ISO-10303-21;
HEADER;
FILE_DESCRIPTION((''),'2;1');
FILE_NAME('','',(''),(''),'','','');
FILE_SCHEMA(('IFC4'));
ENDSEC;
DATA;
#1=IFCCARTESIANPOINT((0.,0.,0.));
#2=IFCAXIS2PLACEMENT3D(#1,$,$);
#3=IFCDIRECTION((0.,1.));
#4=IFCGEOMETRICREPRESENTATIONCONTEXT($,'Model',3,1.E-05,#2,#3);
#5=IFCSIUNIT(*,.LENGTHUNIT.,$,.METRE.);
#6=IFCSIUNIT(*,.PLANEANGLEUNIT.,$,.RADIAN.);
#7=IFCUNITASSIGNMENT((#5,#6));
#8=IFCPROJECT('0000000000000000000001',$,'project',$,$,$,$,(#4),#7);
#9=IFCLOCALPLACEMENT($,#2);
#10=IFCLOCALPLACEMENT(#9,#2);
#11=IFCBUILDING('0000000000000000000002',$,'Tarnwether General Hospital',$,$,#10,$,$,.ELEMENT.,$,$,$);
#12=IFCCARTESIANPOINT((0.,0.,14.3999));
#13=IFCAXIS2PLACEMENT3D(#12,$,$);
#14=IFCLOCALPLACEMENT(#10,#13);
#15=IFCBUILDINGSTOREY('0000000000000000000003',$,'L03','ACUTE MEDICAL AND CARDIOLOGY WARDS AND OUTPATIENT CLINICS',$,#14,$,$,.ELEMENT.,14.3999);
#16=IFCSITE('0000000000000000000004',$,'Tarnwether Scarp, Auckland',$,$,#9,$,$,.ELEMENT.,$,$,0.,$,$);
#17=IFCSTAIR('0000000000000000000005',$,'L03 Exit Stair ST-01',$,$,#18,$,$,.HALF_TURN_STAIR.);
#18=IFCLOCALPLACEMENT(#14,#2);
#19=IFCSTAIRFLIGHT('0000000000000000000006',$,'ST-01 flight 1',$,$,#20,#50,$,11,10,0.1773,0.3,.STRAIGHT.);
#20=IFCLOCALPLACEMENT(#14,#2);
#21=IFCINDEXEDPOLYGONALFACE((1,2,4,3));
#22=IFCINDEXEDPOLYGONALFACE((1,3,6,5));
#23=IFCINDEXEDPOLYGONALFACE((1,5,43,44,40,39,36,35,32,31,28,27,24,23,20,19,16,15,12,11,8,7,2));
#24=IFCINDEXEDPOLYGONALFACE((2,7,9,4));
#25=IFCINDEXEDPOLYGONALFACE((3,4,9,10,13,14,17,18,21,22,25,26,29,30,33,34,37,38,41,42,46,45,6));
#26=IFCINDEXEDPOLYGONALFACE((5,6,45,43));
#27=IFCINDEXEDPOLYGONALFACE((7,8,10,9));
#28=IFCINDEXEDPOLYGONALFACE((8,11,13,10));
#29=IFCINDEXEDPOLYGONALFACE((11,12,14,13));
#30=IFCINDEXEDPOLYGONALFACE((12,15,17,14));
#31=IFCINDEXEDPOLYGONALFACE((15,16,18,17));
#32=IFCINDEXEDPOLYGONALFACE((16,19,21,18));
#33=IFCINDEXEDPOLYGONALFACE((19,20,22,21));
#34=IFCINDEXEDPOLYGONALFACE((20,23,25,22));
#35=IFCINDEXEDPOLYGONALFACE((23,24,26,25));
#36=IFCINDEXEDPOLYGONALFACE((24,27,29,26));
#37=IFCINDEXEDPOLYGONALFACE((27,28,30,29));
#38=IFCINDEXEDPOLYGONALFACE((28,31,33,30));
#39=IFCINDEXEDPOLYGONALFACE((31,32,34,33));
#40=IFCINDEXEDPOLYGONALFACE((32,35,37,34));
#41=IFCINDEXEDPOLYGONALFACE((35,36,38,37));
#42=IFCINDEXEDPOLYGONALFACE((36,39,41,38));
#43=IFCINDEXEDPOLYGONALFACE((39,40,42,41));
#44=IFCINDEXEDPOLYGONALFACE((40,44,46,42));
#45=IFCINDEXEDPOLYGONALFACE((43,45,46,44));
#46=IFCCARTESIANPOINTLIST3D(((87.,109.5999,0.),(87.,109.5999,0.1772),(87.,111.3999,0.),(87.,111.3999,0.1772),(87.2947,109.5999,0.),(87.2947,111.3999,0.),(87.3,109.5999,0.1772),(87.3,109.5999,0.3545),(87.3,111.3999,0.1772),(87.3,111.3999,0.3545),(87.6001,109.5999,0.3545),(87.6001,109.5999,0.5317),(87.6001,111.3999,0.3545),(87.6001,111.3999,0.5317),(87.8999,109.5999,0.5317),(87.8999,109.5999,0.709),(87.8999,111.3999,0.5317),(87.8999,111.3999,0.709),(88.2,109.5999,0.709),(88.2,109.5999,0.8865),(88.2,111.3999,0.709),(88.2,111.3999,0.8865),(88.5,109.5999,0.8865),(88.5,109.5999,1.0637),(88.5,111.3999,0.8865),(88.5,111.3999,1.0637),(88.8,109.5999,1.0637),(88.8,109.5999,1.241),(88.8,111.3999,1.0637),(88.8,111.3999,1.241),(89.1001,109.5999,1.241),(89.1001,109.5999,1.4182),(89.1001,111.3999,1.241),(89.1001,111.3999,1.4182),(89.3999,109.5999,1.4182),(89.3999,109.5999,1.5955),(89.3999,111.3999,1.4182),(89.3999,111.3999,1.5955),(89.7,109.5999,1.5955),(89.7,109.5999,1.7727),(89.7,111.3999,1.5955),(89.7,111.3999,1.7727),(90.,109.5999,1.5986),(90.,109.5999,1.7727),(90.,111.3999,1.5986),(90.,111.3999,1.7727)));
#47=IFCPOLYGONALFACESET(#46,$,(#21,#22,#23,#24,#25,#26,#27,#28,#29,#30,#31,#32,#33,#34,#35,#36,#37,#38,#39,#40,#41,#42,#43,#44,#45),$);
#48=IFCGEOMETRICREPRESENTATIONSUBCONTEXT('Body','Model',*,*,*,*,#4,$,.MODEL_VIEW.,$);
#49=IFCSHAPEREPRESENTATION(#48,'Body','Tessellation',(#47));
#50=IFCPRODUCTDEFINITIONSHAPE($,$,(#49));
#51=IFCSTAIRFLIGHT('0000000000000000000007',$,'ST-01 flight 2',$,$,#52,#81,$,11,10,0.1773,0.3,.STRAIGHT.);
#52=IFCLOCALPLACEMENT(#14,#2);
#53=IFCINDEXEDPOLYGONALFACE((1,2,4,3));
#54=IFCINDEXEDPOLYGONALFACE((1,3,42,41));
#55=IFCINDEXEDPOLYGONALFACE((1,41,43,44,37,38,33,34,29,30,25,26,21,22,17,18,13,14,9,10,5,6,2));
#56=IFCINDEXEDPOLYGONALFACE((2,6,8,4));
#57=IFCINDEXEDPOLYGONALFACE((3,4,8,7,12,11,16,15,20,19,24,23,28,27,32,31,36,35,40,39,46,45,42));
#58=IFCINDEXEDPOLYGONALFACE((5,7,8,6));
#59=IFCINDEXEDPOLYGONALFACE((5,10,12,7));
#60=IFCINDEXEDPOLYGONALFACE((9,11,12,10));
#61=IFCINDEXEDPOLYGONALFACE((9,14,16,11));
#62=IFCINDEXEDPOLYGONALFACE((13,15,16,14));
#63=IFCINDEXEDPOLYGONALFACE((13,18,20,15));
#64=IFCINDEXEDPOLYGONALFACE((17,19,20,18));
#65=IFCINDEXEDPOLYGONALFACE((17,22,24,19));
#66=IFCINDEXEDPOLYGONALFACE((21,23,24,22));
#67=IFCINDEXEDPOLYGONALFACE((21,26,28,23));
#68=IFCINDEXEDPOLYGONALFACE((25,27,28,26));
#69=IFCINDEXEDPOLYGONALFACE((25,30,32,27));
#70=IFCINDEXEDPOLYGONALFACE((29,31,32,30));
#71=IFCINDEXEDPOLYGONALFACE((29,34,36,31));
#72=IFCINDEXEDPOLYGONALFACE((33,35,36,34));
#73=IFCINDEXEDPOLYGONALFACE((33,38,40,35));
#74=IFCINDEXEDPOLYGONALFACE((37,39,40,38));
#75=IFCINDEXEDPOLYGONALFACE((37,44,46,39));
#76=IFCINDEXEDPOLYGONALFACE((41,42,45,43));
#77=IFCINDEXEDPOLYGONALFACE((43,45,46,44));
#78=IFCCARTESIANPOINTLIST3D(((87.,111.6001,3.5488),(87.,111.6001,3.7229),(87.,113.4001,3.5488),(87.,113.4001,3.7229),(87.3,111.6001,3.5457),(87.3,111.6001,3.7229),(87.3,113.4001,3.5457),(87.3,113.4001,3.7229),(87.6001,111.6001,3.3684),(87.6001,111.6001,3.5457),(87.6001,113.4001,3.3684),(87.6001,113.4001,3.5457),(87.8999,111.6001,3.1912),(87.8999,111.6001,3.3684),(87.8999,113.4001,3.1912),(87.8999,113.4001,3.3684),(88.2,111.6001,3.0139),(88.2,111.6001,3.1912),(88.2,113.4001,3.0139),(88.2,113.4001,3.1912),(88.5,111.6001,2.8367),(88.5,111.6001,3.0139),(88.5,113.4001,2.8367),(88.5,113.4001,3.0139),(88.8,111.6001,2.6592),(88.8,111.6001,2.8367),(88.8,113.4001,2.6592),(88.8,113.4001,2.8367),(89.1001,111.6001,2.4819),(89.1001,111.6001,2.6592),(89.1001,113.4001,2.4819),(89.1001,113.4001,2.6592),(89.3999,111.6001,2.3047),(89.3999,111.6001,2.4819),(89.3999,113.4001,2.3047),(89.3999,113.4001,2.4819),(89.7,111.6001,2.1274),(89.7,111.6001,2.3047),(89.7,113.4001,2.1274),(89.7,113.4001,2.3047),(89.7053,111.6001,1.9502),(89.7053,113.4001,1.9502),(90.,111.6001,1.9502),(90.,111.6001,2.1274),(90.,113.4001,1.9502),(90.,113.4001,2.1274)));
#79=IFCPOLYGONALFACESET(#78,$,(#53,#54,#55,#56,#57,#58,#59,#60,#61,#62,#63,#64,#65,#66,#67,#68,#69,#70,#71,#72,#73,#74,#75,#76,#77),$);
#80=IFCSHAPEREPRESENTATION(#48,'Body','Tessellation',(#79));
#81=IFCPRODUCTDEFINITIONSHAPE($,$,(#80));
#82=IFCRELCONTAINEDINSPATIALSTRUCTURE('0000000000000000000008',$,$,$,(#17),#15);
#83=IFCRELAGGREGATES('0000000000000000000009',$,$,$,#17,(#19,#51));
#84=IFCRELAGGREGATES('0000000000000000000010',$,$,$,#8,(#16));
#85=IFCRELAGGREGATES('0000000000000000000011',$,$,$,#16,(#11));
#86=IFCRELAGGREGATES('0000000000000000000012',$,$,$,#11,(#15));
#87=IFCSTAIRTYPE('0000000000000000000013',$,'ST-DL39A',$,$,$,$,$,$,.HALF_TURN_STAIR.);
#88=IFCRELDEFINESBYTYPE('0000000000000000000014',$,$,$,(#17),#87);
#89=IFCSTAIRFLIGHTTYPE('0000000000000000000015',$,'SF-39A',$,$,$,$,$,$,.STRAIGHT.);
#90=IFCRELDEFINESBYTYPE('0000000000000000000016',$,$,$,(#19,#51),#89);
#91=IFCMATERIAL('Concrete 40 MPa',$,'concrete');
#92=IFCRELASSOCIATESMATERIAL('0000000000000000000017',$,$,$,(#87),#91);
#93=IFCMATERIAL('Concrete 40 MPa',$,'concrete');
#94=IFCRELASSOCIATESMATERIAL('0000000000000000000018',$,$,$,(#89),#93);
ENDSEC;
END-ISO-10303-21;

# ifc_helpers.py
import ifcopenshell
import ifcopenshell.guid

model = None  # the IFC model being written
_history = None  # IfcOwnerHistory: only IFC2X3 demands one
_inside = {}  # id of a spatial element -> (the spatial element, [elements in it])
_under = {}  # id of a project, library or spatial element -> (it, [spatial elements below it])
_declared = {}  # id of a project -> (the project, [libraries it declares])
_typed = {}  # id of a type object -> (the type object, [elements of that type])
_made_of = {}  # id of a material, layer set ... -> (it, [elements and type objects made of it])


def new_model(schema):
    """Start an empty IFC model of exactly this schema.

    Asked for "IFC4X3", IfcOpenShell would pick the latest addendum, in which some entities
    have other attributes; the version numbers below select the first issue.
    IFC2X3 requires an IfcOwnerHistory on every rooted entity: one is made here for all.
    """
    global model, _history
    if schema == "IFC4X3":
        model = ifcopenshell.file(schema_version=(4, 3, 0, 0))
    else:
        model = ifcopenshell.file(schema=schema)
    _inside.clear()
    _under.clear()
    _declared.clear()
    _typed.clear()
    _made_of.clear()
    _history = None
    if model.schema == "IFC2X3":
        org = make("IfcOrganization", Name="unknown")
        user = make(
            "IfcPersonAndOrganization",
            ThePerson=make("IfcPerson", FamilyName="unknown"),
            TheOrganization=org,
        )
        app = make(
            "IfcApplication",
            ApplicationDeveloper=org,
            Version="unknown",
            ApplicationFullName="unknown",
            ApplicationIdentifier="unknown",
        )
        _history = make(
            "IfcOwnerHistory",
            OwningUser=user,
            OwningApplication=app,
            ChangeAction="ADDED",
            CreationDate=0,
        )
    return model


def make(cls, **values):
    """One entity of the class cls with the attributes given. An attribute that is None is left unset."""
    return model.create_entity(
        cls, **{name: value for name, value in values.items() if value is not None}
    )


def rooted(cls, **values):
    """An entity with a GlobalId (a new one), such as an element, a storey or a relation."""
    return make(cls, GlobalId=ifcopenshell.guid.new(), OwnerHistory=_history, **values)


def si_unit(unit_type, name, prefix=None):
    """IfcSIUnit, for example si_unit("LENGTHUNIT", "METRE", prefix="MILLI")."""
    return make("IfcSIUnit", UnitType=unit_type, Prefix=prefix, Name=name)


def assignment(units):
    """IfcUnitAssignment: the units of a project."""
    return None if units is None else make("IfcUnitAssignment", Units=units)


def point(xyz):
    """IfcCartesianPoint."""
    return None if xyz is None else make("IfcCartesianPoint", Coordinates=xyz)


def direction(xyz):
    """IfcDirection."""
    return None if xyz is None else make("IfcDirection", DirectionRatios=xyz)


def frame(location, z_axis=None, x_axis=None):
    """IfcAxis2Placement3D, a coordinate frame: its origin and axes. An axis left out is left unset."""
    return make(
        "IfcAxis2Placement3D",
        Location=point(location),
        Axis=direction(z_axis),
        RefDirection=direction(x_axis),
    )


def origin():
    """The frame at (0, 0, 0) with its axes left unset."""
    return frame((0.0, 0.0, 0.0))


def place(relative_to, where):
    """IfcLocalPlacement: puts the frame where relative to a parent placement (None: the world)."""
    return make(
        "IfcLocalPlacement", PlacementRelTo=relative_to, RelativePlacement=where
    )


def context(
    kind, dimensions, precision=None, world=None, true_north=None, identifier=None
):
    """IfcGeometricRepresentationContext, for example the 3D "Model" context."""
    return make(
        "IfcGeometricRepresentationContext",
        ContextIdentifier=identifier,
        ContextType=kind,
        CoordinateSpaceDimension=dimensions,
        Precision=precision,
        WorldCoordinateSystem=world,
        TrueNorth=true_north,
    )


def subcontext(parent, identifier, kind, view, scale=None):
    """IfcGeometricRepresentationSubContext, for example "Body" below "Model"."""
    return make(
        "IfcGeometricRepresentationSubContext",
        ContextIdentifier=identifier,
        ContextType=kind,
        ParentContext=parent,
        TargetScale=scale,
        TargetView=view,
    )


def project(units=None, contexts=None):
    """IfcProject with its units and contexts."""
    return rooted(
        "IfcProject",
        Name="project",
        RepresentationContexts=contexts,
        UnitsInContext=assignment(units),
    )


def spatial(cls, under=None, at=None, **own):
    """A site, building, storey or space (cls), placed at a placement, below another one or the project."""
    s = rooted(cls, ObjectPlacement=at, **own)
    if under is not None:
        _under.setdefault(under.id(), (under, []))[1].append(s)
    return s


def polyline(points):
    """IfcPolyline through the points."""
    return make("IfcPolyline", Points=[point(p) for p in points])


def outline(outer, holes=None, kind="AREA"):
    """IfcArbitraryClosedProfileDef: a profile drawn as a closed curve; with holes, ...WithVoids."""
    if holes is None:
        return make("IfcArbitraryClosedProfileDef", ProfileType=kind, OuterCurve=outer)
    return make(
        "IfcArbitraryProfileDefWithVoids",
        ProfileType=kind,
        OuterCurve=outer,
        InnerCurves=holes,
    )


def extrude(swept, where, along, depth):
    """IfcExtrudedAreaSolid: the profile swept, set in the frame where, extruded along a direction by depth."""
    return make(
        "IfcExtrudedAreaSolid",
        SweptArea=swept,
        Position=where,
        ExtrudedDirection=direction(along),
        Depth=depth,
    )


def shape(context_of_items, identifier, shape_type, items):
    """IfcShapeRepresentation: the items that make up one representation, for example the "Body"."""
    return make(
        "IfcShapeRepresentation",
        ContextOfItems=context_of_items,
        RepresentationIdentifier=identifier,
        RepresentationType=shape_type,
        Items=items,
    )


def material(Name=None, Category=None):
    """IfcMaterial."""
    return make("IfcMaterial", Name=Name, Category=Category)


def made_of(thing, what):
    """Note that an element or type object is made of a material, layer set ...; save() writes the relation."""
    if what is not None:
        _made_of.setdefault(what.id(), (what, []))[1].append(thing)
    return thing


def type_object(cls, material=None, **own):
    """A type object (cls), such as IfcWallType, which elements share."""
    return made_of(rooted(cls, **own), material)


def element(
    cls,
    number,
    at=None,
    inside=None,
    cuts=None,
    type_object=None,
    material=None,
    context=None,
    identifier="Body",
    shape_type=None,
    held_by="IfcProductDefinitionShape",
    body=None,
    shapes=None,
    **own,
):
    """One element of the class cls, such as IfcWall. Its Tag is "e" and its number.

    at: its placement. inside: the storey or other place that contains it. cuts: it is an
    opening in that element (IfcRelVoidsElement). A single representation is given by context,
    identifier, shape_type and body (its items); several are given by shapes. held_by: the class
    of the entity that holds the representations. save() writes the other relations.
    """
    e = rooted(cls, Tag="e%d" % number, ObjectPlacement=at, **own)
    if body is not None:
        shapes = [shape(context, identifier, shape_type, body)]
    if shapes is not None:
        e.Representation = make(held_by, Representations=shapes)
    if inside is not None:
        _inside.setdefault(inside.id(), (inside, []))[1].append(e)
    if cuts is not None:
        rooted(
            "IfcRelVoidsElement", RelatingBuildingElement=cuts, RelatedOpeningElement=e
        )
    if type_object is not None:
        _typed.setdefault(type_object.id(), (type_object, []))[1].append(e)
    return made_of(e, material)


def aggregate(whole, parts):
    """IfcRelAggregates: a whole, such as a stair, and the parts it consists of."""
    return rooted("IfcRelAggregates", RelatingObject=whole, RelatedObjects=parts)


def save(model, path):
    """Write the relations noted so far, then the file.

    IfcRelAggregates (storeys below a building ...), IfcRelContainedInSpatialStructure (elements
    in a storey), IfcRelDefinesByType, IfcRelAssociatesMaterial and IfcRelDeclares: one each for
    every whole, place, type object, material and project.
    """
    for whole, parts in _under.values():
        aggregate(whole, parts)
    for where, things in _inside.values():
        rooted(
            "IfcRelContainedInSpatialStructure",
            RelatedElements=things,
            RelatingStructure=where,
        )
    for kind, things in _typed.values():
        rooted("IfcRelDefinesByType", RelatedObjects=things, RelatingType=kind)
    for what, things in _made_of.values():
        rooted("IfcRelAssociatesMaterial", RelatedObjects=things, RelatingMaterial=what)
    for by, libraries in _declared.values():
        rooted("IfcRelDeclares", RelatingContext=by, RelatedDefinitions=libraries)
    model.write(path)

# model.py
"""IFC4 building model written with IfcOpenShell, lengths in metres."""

from ifc_helpers import new_model, si_unit, direction, frame, origin, place, context, subcontext, project, spatial, polyline, outline, extrude, material, type_object, element, aggregate, save


model = new_model("IFC4")

# Units and contexts
model_context = context("Model", 3, precision=1e-05, world=origin(), true_north=direction((0.0, 1.0)))
body_context = subcontext(model_context, "Body", "Model", "MODEL_VIEW")
ifc_project = project(units=[si_unit("LENGTHUNIT", "METRE"), si_unit("PLANEANGLEUNIT", "RADIAN")], contexts=[model_context])

# Site, building, storey
site_placement = place(None, origin())
site = spatial("IfcSite", under=ifc_project, at=site_placement, Name="Tarnwether Scarp, Auckland", CompositionType="ELEMENT", RefElevation=0.0)
building_placement = place(site_placement, origin())
building = spatial("IfcBuilding", under=site, at=building_placement, Name="Tarnwether General Hospital", CompositionType="ELEMENT")
storey_placement = place(building_placement, frame((0.0, 0.0, 14.3999)))
storey = spatial("IfcBuildingStorey", under=building, at=storey_placement, Name="L03", Description="ACUTE MEDICAL AND CARDIOLOGY WARDS AND OUTPATIENT CLINICS", CompositionType="ELEMENT", Elevation=14.3999)

# Stair, stair flights
ifc_material_1 = material(Name="Concrete 40 MPa", Category="concrete")
stair_type = type_object("IfcStairType", Name="ST-DL39A", PredefinedType="HALF_TURN_STAIR", material=ifc_material_1)
stair_placement = place(storey_placement, origin())
stair = element("IfcStair", 1, at=stair_placement, inside=storey, type_object=stair_type, Name="L03 Exit Stair ST-01", PredefinedType="HALF_TURN_STAIR")
ifc_material_2 = material(Name="Concrete 40 MPa", Category="concrete")
stair_flight_type = type_object("IfcStairFlightType", Name="SF-39A", PredefinedType="STRAIGHT", material=ifc_material_2)
stair_flight_1_placement = place(storey_placement, frame((87.0, 110.5, 0.0), z_axis=(0.0, 0.0, 1.0), x_axis=(1.0, 0.0, 0.0)))
stair_flight_1 = element("IfcStairFlight", 2, at=stair_flight_1_placement, type_object=stair_flight_type, Name="ST-01 flight 1", NumberOfRisers=11, NumberOfTreads=10, PredefinedType="STRAIGHT", RiserHeight=0.1773, TreadLength=0.3, context=body_context, shape_type="SweptSolid", body=[
    extrude(outline(polyline([(0.0, 0.0), (0.0, 0.1772), (0.3, 0.1772), (0.3, 0.3545), (0.6001, 0.3545), (0.6001, 0.5317), (0.8999, 0.5317), (0.8999, 0.709), (1.2, 0.709), (1.2, 0.8865), (1.5, 0.8865), (1.5, 1.0637), (1.8, 1.0637), (1.8, 1.241), (2.1001, 1.241), (2.1001, 1.4182), (2.3999, 1.4182), (2.3999, 1.5955), (2.7, 1.5955), (2.7, 1.7727), (3.0, 1.7727), (3.0, 1.95), (3.0, 1.5986), (0.2947, 0.0), (0.0, 0.0)])), frame((0.0, 0.8999, 0.0), z_axis=(0.0, -1.0, 0.0), x_axis=(1.0, 0.0, 0.0)), (0.0, 0.0, 1.0), 1.8),
])
stair_flight_2_placement = place(storey_placement, frame((90.0, 112.5, 1.9502), z_axis=(0.0, 0.0, 1.0), x_axis=(-1.0, 0.0, 0.0)))
stair_flight_2 = element("IfcStairFlight", 3, at=stair_flight_2_placement, type_object=stair_flight_type, Name="ST-01 flight 2", NumberOfRisers=11, NumberOfTreads=10, PredefinedType="STRAIGHT", RiserHeight=0.1773, TreadLength=0.3, context=body_context, shape_type="SweptSolid", body=[
    extrude(outline(polyline([(0.0, 0.0), (0.0, 0.1772), (0.3, 0.1772), (0.3, 0.3545), (0.6001, 0.3545), (0.6001, 0.5317), (0.8999, 0.5317), (0.8999, 0.709), (1.2, 0.709), (1.2, 0.8865), (1.5, 0.8865), (1.5, 1.0637), (1.8, 1.0637), (1.8, 1.241), (2.1001, 1.241), (2.1001, 1.4182), (2.3999, 1.4182), (2.3999, 1.5955), (2.7, 1.5955), (2.7, 1.7727), (3.0, 1.7727), (3.0, 1.95), (3.0, 1.5986), (0.2947, 0.0), (0.0, 0.0)])), frame((0.0, 0.8999, 0.0), z_axis=(0.0, -1.0, 0.0), x_axis=(1.0, 0.0, 0.0)), (0.0, 0.0, 1.0), 1.8),
])
aggregate(stair, [stair_flight_1, stair_flight_2])

save(model, "model.ifc")
